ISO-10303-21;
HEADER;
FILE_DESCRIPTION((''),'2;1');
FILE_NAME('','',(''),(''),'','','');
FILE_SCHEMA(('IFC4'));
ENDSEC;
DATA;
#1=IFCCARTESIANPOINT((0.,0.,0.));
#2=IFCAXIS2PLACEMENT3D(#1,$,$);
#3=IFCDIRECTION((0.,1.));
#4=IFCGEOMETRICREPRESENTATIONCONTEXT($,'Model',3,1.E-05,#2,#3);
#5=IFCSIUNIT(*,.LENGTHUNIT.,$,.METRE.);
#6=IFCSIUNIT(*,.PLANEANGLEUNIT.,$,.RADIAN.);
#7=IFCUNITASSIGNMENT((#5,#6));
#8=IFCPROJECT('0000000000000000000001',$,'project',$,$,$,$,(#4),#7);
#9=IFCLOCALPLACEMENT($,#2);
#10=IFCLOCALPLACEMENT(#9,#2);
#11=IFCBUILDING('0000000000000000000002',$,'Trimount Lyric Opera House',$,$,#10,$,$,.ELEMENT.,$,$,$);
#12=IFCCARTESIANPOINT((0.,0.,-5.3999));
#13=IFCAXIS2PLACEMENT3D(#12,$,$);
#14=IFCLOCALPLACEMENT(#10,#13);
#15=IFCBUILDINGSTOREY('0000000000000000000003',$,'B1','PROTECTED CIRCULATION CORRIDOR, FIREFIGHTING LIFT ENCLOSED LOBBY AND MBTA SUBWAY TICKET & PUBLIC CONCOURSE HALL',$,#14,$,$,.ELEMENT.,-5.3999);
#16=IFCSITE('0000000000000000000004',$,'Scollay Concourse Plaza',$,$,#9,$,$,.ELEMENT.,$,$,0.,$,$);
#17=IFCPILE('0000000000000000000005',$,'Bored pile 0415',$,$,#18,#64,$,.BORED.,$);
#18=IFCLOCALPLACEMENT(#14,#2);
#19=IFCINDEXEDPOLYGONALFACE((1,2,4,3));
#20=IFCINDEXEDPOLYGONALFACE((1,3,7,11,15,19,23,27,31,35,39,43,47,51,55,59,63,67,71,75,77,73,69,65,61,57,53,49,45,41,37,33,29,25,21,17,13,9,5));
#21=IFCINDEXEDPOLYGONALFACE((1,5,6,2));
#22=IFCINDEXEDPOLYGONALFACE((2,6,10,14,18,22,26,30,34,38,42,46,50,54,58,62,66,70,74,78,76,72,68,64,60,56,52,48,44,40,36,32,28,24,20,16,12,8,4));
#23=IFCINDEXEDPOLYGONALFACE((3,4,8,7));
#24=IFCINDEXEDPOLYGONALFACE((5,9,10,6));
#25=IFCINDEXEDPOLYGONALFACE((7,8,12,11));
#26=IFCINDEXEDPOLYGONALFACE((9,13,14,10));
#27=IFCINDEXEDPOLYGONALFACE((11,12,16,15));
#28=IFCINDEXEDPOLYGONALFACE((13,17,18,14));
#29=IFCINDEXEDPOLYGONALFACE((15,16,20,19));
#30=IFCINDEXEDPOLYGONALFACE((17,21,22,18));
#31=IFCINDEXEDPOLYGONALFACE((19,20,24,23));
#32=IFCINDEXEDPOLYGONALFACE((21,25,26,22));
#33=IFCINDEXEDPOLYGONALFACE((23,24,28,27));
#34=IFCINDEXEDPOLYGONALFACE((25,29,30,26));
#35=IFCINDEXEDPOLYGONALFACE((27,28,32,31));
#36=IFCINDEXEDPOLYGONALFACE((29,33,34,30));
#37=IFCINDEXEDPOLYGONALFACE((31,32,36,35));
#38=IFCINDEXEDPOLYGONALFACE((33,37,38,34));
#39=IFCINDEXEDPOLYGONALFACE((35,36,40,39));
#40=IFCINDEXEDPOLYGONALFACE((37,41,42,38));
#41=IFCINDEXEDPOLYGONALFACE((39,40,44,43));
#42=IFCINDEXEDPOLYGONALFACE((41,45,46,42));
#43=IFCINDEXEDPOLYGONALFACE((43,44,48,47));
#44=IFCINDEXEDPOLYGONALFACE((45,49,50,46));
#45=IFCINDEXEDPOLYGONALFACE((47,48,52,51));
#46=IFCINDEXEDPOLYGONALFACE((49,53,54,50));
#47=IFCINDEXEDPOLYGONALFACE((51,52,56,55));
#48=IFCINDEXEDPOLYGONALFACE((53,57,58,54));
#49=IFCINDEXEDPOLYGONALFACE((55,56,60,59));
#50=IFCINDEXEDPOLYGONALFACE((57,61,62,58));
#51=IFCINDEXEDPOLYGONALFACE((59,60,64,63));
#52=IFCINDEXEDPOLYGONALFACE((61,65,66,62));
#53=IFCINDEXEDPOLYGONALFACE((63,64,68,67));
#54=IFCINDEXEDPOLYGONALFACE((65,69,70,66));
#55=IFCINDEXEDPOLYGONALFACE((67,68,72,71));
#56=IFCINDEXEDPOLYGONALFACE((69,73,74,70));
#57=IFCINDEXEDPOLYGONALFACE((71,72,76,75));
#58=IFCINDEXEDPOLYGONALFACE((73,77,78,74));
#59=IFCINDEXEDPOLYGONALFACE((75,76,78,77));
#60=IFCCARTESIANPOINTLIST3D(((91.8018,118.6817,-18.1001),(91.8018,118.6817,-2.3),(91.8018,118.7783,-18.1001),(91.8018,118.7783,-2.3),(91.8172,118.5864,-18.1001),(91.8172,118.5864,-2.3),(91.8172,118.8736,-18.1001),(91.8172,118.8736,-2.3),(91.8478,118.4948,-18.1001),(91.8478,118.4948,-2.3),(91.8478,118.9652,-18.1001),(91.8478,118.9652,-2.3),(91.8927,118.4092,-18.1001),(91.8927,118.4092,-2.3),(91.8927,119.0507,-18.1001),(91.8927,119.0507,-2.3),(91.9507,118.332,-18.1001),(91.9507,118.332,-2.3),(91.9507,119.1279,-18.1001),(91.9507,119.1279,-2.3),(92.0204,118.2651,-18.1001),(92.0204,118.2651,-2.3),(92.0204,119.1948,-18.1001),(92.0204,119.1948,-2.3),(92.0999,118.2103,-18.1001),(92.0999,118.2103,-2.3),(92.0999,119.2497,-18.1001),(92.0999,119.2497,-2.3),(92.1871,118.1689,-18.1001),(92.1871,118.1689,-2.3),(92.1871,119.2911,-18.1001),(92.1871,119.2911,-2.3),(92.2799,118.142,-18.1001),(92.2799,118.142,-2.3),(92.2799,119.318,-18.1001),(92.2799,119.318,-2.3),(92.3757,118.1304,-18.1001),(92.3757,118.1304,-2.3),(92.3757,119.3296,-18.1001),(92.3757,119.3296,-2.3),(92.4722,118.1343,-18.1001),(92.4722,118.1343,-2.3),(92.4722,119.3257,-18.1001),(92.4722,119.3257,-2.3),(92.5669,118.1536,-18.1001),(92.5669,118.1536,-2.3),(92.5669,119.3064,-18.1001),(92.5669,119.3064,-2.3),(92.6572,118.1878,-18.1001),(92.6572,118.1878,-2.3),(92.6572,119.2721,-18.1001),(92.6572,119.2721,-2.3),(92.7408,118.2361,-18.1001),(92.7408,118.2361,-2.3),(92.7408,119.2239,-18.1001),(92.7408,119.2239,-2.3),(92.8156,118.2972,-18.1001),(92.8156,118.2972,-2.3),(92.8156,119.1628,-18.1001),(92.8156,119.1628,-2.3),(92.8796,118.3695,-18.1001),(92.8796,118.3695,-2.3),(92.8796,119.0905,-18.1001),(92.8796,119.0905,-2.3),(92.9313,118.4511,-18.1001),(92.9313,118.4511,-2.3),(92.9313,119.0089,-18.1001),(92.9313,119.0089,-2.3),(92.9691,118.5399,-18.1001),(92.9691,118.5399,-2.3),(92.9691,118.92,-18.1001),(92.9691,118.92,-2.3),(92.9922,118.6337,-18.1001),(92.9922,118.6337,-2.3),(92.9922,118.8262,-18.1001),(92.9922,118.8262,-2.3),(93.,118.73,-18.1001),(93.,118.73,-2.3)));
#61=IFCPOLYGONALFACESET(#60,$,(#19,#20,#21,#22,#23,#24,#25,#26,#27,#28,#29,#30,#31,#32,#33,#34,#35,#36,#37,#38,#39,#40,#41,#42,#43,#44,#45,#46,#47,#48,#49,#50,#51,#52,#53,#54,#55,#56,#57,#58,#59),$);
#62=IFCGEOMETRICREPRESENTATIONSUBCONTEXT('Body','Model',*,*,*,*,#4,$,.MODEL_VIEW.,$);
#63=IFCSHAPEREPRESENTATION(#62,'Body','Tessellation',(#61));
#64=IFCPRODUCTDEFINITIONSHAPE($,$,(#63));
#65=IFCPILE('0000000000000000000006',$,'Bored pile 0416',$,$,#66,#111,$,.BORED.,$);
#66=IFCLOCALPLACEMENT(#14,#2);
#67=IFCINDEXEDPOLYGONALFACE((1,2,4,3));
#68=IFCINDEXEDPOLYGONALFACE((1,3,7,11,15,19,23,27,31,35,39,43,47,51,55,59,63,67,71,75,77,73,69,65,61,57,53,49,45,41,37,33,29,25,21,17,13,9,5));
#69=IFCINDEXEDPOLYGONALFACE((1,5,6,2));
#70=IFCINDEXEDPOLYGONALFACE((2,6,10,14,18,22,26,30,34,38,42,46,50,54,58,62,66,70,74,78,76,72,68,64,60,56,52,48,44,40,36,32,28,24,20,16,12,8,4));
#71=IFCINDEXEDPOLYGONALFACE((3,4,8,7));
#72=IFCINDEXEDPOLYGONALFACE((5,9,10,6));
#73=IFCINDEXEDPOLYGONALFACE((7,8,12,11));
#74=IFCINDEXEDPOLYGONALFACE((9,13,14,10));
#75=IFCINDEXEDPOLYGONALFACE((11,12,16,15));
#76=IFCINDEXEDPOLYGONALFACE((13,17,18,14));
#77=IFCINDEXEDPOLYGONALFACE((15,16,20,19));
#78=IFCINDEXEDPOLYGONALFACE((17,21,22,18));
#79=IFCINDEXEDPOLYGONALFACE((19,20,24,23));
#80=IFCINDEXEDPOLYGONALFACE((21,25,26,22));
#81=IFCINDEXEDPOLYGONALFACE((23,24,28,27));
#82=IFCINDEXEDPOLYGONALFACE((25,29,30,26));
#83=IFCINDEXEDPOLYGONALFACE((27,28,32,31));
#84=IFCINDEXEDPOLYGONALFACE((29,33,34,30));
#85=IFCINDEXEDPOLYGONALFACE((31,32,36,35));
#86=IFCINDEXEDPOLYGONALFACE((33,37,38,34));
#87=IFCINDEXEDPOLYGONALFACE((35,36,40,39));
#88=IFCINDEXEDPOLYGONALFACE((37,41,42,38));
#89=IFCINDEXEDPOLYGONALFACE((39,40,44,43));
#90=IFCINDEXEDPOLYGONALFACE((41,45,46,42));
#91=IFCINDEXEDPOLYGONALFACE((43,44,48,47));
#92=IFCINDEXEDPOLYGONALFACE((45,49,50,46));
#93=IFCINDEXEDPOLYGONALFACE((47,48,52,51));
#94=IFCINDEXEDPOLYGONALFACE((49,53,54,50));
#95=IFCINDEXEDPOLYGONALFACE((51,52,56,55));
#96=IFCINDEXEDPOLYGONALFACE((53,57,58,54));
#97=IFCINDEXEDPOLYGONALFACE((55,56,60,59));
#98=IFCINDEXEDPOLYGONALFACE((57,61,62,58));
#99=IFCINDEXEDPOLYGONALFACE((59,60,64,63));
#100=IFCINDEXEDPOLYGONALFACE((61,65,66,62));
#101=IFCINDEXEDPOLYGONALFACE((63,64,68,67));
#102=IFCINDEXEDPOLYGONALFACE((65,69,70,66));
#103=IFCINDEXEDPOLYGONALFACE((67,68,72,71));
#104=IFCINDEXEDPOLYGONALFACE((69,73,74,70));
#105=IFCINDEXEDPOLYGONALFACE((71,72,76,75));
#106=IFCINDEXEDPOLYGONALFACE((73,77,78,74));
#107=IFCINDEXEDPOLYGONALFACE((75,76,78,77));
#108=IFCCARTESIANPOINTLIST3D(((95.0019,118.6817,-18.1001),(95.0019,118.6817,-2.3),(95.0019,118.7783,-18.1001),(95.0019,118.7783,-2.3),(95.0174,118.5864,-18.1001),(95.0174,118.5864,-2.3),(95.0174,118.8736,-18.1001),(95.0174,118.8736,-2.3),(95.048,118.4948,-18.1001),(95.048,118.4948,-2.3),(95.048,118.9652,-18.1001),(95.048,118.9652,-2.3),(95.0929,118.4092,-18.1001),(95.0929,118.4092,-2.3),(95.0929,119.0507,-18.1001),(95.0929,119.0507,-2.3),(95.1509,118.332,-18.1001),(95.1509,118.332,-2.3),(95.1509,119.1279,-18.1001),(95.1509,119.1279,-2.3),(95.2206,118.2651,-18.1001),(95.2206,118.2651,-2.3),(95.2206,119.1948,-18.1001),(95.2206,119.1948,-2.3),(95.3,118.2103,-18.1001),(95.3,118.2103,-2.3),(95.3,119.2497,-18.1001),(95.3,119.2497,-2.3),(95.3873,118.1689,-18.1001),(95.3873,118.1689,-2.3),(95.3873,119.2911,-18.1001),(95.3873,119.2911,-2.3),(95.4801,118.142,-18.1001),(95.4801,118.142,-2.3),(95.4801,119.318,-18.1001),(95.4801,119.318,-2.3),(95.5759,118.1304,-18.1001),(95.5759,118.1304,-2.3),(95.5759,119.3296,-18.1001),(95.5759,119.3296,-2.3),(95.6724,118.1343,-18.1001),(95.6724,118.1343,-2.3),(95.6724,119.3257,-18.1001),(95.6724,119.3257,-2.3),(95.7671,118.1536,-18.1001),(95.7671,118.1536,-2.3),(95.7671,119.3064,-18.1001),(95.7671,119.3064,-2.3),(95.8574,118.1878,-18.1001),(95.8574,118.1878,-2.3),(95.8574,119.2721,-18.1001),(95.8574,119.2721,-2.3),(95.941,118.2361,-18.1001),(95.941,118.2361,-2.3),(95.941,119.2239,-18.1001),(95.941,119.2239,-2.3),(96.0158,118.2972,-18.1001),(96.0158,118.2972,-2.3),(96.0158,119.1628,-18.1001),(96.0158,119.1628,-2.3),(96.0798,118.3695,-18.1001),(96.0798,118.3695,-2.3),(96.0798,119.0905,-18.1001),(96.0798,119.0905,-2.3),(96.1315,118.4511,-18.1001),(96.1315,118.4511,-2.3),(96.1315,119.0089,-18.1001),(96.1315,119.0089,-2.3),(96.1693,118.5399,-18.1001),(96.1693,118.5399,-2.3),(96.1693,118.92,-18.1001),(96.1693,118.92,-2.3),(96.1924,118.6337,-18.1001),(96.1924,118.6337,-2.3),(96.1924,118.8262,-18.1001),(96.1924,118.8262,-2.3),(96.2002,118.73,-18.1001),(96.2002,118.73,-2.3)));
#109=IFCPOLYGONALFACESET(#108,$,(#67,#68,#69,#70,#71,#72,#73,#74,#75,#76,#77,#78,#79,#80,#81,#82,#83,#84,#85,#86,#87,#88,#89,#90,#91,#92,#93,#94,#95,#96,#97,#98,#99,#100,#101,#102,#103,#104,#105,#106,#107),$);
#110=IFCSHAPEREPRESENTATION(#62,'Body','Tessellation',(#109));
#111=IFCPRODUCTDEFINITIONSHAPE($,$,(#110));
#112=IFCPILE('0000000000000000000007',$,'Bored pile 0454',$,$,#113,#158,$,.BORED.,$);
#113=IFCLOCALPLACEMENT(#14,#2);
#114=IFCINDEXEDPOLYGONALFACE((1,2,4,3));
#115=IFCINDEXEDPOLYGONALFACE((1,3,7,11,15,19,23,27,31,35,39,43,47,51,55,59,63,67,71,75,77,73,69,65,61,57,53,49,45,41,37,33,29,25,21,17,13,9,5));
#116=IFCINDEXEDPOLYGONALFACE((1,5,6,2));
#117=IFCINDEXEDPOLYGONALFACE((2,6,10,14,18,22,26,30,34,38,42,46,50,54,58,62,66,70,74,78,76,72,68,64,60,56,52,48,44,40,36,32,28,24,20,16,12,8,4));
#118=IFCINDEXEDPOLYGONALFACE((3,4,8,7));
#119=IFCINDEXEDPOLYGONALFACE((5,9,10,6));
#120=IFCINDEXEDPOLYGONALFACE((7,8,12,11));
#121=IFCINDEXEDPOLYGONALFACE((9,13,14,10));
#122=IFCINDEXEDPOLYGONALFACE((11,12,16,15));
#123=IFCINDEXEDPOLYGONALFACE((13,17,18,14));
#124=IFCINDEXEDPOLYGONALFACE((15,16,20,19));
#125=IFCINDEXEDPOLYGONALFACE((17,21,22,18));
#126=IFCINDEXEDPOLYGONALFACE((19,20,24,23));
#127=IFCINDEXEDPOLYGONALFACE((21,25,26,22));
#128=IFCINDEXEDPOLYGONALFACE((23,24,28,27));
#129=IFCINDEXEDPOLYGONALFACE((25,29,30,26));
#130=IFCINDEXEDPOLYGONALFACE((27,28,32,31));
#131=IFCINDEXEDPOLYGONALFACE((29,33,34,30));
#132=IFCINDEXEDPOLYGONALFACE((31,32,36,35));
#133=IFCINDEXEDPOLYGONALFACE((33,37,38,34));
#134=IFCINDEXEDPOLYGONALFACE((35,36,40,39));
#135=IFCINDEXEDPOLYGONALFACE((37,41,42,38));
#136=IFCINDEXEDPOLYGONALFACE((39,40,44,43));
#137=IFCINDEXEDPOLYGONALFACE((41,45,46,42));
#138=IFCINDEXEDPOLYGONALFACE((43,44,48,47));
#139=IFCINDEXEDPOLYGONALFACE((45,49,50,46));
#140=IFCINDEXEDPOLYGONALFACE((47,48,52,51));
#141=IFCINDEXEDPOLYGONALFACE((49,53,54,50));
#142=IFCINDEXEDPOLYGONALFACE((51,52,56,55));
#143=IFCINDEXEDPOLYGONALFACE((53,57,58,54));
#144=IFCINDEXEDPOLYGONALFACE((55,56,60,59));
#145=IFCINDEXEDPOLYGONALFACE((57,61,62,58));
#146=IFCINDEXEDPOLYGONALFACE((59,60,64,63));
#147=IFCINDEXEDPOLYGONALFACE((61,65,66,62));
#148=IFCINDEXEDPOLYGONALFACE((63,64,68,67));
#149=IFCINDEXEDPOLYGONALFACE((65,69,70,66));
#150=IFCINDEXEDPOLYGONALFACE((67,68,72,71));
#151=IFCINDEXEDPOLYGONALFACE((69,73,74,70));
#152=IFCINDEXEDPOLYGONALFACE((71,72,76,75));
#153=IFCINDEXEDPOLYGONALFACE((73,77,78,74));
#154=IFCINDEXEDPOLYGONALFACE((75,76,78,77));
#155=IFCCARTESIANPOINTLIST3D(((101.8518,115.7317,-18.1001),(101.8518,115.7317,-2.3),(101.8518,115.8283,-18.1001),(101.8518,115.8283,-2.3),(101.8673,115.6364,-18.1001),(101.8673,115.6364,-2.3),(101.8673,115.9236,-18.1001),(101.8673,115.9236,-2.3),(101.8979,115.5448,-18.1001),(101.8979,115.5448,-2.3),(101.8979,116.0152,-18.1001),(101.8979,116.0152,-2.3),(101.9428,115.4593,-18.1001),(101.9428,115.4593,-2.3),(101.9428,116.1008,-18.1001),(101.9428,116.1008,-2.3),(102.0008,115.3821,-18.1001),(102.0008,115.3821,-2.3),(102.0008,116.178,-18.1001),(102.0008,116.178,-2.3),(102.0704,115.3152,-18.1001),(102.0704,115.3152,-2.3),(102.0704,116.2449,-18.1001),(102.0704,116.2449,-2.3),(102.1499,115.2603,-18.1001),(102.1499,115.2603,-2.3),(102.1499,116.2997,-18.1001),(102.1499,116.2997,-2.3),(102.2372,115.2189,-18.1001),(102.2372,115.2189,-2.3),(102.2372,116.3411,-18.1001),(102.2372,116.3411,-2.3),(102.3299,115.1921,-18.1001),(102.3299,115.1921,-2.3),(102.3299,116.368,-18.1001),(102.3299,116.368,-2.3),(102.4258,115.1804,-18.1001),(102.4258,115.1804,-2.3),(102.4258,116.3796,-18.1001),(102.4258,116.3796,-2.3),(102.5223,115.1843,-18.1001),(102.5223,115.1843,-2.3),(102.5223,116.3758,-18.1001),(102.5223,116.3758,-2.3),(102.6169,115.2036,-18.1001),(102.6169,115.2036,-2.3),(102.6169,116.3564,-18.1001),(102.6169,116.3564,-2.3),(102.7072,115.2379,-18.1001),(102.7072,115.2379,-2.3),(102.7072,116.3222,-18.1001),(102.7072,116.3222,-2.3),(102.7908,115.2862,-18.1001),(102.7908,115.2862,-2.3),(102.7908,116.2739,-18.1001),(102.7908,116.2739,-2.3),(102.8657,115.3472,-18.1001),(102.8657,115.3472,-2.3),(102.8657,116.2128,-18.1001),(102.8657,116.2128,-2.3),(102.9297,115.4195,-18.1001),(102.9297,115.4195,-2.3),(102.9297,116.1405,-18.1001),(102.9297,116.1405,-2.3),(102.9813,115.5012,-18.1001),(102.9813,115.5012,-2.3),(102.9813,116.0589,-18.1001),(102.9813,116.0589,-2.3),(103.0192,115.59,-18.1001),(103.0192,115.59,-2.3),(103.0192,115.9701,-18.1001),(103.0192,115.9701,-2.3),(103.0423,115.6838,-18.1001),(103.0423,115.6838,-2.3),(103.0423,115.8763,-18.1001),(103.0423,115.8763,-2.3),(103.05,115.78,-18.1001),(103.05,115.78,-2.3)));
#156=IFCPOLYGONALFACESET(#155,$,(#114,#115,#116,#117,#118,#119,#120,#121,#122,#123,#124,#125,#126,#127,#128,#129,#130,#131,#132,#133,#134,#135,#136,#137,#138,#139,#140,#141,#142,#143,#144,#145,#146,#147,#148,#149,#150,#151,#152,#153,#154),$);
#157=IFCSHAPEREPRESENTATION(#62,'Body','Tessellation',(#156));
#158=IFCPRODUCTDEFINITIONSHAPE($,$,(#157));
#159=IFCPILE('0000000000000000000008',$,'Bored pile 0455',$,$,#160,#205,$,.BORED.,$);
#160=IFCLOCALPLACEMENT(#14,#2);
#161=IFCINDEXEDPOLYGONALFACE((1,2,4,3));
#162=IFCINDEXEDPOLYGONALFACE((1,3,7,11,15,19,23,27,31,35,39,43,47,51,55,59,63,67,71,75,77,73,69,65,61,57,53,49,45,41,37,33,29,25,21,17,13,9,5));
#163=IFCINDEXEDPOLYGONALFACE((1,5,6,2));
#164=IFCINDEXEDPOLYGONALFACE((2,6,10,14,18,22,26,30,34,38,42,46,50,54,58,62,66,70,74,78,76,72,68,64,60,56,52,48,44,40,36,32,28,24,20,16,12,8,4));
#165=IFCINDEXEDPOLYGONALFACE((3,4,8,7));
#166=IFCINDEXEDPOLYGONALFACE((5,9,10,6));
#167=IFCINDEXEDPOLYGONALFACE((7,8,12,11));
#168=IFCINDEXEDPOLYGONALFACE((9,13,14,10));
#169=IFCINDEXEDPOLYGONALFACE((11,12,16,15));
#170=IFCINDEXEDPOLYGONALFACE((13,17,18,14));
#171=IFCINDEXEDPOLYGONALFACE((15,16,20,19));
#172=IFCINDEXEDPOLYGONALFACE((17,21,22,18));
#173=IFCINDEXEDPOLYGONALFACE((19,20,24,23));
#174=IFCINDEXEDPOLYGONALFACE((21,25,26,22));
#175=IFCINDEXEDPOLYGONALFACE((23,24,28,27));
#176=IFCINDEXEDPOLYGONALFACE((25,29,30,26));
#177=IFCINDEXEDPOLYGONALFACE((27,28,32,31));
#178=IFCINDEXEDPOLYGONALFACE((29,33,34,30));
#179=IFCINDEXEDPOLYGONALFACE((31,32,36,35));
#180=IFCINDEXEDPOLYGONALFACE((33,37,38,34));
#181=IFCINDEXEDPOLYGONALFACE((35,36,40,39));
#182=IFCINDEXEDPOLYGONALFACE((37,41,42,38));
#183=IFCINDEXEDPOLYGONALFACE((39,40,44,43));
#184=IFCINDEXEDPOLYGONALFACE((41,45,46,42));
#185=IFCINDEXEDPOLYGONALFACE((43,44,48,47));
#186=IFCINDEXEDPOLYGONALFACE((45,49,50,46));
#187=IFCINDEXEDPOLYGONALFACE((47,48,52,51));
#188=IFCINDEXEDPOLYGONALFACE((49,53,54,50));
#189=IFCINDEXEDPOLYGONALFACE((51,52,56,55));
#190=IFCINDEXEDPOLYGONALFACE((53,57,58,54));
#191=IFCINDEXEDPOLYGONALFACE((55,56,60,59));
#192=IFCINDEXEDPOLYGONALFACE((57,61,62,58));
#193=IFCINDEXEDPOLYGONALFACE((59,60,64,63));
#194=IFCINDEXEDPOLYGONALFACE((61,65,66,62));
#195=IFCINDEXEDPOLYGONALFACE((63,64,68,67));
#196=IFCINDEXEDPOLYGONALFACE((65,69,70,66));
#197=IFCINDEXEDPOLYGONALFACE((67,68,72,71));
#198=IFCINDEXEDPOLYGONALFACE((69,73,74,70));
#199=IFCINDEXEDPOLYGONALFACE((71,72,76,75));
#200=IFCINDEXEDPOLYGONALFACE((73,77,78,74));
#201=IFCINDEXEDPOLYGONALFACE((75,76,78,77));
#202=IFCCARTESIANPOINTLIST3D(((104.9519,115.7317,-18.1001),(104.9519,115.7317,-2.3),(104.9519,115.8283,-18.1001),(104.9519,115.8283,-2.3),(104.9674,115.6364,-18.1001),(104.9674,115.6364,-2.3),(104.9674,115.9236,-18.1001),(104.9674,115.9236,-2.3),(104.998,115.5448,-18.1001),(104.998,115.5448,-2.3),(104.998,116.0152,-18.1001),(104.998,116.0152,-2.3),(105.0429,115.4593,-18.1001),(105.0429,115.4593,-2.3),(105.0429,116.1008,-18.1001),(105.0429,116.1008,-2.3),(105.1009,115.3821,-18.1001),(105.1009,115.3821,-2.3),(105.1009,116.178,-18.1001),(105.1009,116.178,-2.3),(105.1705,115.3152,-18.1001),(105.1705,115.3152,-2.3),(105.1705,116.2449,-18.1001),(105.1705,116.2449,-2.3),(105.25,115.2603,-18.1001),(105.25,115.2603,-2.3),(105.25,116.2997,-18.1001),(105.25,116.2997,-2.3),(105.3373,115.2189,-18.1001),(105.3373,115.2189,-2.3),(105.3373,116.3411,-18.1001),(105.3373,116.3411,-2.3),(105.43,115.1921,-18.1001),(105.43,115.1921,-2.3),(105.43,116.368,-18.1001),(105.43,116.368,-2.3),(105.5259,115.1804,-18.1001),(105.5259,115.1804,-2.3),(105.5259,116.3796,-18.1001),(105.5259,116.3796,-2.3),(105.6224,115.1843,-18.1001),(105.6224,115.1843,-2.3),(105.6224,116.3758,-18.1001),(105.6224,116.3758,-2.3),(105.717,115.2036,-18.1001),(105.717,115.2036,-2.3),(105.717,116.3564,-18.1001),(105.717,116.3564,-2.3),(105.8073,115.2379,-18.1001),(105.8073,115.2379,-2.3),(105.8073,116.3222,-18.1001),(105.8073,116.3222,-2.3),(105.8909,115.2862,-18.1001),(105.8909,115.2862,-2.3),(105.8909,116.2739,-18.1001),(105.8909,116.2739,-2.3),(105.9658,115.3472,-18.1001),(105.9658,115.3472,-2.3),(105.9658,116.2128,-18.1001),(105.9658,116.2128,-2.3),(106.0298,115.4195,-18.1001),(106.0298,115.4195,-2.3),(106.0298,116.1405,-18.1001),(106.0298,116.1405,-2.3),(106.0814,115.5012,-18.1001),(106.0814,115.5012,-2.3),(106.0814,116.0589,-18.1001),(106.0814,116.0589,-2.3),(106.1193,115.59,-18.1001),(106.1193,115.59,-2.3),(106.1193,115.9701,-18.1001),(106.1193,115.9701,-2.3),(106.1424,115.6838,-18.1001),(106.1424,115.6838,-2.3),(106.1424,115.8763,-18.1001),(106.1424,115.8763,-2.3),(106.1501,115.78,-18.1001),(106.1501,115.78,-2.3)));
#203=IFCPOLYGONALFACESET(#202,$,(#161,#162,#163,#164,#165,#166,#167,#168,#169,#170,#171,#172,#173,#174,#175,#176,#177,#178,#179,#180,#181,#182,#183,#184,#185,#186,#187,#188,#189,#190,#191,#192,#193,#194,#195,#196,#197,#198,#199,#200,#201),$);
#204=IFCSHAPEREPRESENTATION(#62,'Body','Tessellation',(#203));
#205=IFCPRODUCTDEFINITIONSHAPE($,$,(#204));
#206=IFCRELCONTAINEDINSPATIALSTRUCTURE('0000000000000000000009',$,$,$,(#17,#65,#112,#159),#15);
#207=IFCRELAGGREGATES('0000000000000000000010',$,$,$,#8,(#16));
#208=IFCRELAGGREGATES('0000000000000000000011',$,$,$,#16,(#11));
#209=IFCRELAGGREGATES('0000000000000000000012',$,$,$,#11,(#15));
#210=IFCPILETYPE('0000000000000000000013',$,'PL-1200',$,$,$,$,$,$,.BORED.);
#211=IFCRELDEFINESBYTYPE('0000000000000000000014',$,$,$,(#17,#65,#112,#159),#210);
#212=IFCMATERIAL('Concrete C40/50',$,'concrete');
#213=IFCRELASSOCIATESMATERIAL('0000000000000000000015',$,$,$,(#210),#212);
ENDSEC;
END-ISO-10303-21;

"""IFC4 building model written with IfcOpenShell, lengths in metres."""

from ifc_helpers import new_model, si_unit, direction, frame, origin, origin_2d, place, context, subcontext, project, spatial, circle, extrude, material, material_profile, profile_set, type_object, element, save


model = new_model("IFC4")

# Units and contexts
model_context = context("Model", 3, precision=1e-05, world=origin(), true_north=direction((0.0, 1.0)))
body_context = subcontext(model_context, "Body", "Model", "MODEL_VIEW")
ifc_project = project(units=[si_unit("LENGTHUNIT", "METRE"), si_unit("PLANEANGLEUNIT", "RADIAN")], contexts=[model_context])

# Site, building, storey
site_placement = place(None, origin())
site = spatial("IfcSite", under=ifc_project, at=site_placement, Name="Scollay Concourse Plaza", CompositionType="ELEMENT", RefElevation=0.0)
building_placement = place(site_placement, origin())
building = spatial("IfcBuilding", under=site, at=building_placement, Name="Trimount Lyric Opera House", CompositionType="ELEMENT")
storey_placement = place(building_placement, frame((0.0, 0.0, -5.3999)))
storey = spatial("IfcBuildingStorey", under=building, at=storey_placement, Name="B1", Description="PROTECTED CIRCULATION CORRIDOR, FIREFIGHTING LIFT ENCLOSED LOBBY AND MBTA SUBWAY TICKET & PUBLIC CONCOURSE HALL", CompositionType="ELEMENT", Elevation=-5.3999)

# Piles
ifc_material_1 = material(Name="Concrete C40/50", Category="concrete")
ifc_material_profile_1 = material_profile(ifc_material_1, circle(Radius=0.6001, at=origin_2d()), Name="PILE-D1200")
ifc_profile_set_1 = profile_set([ifc_material_profile_1], Name="Concrete C40/50")
pile_type_1 = type_object("IfcPileType", Name="PL-1200", PredefinedType="BORED", material=ifc_profile_set_1)
for number, where, z_axis, x_axis, name in (
    (1, (92.3999, 118.73, -2.3), (0.0, 0.0, -1.0), (1.0, 0.0, 0.0), "Bored pile 0415"),
    (2, (95.6001, 118.73, -2.3), (0.0, 0.0, -1.0), (1.0, 0.0, 0.0), "Bored pile 0416"),
    (3, (102.45, 115.78, -2.3), (0.0, 0.0, -1.0), (1.0, 0.0, 0.0), "Bored pile 0454"),
    (4, (105.55, 115.78, -2.3), (0.0, 0.0, -1.0), (1.0, 0.0, 0.0), "Bored pile 0455"),
):
    element("IfcPile", number, at=place(storey_placement, frame(where, z_axis=z_axis, x_axis=x_axis)), inside=storey, type_object=pile_type_1, Name=name, PredefinedType="BORED", context=body_context, shape_type="SweptSolid", body=[
        extrude(circle(Radius=0.6001, at=origin_2d()), origin(), (0.0, 0.0, 1.0), 15.8),
    ])

save(model, "model.ifc")
